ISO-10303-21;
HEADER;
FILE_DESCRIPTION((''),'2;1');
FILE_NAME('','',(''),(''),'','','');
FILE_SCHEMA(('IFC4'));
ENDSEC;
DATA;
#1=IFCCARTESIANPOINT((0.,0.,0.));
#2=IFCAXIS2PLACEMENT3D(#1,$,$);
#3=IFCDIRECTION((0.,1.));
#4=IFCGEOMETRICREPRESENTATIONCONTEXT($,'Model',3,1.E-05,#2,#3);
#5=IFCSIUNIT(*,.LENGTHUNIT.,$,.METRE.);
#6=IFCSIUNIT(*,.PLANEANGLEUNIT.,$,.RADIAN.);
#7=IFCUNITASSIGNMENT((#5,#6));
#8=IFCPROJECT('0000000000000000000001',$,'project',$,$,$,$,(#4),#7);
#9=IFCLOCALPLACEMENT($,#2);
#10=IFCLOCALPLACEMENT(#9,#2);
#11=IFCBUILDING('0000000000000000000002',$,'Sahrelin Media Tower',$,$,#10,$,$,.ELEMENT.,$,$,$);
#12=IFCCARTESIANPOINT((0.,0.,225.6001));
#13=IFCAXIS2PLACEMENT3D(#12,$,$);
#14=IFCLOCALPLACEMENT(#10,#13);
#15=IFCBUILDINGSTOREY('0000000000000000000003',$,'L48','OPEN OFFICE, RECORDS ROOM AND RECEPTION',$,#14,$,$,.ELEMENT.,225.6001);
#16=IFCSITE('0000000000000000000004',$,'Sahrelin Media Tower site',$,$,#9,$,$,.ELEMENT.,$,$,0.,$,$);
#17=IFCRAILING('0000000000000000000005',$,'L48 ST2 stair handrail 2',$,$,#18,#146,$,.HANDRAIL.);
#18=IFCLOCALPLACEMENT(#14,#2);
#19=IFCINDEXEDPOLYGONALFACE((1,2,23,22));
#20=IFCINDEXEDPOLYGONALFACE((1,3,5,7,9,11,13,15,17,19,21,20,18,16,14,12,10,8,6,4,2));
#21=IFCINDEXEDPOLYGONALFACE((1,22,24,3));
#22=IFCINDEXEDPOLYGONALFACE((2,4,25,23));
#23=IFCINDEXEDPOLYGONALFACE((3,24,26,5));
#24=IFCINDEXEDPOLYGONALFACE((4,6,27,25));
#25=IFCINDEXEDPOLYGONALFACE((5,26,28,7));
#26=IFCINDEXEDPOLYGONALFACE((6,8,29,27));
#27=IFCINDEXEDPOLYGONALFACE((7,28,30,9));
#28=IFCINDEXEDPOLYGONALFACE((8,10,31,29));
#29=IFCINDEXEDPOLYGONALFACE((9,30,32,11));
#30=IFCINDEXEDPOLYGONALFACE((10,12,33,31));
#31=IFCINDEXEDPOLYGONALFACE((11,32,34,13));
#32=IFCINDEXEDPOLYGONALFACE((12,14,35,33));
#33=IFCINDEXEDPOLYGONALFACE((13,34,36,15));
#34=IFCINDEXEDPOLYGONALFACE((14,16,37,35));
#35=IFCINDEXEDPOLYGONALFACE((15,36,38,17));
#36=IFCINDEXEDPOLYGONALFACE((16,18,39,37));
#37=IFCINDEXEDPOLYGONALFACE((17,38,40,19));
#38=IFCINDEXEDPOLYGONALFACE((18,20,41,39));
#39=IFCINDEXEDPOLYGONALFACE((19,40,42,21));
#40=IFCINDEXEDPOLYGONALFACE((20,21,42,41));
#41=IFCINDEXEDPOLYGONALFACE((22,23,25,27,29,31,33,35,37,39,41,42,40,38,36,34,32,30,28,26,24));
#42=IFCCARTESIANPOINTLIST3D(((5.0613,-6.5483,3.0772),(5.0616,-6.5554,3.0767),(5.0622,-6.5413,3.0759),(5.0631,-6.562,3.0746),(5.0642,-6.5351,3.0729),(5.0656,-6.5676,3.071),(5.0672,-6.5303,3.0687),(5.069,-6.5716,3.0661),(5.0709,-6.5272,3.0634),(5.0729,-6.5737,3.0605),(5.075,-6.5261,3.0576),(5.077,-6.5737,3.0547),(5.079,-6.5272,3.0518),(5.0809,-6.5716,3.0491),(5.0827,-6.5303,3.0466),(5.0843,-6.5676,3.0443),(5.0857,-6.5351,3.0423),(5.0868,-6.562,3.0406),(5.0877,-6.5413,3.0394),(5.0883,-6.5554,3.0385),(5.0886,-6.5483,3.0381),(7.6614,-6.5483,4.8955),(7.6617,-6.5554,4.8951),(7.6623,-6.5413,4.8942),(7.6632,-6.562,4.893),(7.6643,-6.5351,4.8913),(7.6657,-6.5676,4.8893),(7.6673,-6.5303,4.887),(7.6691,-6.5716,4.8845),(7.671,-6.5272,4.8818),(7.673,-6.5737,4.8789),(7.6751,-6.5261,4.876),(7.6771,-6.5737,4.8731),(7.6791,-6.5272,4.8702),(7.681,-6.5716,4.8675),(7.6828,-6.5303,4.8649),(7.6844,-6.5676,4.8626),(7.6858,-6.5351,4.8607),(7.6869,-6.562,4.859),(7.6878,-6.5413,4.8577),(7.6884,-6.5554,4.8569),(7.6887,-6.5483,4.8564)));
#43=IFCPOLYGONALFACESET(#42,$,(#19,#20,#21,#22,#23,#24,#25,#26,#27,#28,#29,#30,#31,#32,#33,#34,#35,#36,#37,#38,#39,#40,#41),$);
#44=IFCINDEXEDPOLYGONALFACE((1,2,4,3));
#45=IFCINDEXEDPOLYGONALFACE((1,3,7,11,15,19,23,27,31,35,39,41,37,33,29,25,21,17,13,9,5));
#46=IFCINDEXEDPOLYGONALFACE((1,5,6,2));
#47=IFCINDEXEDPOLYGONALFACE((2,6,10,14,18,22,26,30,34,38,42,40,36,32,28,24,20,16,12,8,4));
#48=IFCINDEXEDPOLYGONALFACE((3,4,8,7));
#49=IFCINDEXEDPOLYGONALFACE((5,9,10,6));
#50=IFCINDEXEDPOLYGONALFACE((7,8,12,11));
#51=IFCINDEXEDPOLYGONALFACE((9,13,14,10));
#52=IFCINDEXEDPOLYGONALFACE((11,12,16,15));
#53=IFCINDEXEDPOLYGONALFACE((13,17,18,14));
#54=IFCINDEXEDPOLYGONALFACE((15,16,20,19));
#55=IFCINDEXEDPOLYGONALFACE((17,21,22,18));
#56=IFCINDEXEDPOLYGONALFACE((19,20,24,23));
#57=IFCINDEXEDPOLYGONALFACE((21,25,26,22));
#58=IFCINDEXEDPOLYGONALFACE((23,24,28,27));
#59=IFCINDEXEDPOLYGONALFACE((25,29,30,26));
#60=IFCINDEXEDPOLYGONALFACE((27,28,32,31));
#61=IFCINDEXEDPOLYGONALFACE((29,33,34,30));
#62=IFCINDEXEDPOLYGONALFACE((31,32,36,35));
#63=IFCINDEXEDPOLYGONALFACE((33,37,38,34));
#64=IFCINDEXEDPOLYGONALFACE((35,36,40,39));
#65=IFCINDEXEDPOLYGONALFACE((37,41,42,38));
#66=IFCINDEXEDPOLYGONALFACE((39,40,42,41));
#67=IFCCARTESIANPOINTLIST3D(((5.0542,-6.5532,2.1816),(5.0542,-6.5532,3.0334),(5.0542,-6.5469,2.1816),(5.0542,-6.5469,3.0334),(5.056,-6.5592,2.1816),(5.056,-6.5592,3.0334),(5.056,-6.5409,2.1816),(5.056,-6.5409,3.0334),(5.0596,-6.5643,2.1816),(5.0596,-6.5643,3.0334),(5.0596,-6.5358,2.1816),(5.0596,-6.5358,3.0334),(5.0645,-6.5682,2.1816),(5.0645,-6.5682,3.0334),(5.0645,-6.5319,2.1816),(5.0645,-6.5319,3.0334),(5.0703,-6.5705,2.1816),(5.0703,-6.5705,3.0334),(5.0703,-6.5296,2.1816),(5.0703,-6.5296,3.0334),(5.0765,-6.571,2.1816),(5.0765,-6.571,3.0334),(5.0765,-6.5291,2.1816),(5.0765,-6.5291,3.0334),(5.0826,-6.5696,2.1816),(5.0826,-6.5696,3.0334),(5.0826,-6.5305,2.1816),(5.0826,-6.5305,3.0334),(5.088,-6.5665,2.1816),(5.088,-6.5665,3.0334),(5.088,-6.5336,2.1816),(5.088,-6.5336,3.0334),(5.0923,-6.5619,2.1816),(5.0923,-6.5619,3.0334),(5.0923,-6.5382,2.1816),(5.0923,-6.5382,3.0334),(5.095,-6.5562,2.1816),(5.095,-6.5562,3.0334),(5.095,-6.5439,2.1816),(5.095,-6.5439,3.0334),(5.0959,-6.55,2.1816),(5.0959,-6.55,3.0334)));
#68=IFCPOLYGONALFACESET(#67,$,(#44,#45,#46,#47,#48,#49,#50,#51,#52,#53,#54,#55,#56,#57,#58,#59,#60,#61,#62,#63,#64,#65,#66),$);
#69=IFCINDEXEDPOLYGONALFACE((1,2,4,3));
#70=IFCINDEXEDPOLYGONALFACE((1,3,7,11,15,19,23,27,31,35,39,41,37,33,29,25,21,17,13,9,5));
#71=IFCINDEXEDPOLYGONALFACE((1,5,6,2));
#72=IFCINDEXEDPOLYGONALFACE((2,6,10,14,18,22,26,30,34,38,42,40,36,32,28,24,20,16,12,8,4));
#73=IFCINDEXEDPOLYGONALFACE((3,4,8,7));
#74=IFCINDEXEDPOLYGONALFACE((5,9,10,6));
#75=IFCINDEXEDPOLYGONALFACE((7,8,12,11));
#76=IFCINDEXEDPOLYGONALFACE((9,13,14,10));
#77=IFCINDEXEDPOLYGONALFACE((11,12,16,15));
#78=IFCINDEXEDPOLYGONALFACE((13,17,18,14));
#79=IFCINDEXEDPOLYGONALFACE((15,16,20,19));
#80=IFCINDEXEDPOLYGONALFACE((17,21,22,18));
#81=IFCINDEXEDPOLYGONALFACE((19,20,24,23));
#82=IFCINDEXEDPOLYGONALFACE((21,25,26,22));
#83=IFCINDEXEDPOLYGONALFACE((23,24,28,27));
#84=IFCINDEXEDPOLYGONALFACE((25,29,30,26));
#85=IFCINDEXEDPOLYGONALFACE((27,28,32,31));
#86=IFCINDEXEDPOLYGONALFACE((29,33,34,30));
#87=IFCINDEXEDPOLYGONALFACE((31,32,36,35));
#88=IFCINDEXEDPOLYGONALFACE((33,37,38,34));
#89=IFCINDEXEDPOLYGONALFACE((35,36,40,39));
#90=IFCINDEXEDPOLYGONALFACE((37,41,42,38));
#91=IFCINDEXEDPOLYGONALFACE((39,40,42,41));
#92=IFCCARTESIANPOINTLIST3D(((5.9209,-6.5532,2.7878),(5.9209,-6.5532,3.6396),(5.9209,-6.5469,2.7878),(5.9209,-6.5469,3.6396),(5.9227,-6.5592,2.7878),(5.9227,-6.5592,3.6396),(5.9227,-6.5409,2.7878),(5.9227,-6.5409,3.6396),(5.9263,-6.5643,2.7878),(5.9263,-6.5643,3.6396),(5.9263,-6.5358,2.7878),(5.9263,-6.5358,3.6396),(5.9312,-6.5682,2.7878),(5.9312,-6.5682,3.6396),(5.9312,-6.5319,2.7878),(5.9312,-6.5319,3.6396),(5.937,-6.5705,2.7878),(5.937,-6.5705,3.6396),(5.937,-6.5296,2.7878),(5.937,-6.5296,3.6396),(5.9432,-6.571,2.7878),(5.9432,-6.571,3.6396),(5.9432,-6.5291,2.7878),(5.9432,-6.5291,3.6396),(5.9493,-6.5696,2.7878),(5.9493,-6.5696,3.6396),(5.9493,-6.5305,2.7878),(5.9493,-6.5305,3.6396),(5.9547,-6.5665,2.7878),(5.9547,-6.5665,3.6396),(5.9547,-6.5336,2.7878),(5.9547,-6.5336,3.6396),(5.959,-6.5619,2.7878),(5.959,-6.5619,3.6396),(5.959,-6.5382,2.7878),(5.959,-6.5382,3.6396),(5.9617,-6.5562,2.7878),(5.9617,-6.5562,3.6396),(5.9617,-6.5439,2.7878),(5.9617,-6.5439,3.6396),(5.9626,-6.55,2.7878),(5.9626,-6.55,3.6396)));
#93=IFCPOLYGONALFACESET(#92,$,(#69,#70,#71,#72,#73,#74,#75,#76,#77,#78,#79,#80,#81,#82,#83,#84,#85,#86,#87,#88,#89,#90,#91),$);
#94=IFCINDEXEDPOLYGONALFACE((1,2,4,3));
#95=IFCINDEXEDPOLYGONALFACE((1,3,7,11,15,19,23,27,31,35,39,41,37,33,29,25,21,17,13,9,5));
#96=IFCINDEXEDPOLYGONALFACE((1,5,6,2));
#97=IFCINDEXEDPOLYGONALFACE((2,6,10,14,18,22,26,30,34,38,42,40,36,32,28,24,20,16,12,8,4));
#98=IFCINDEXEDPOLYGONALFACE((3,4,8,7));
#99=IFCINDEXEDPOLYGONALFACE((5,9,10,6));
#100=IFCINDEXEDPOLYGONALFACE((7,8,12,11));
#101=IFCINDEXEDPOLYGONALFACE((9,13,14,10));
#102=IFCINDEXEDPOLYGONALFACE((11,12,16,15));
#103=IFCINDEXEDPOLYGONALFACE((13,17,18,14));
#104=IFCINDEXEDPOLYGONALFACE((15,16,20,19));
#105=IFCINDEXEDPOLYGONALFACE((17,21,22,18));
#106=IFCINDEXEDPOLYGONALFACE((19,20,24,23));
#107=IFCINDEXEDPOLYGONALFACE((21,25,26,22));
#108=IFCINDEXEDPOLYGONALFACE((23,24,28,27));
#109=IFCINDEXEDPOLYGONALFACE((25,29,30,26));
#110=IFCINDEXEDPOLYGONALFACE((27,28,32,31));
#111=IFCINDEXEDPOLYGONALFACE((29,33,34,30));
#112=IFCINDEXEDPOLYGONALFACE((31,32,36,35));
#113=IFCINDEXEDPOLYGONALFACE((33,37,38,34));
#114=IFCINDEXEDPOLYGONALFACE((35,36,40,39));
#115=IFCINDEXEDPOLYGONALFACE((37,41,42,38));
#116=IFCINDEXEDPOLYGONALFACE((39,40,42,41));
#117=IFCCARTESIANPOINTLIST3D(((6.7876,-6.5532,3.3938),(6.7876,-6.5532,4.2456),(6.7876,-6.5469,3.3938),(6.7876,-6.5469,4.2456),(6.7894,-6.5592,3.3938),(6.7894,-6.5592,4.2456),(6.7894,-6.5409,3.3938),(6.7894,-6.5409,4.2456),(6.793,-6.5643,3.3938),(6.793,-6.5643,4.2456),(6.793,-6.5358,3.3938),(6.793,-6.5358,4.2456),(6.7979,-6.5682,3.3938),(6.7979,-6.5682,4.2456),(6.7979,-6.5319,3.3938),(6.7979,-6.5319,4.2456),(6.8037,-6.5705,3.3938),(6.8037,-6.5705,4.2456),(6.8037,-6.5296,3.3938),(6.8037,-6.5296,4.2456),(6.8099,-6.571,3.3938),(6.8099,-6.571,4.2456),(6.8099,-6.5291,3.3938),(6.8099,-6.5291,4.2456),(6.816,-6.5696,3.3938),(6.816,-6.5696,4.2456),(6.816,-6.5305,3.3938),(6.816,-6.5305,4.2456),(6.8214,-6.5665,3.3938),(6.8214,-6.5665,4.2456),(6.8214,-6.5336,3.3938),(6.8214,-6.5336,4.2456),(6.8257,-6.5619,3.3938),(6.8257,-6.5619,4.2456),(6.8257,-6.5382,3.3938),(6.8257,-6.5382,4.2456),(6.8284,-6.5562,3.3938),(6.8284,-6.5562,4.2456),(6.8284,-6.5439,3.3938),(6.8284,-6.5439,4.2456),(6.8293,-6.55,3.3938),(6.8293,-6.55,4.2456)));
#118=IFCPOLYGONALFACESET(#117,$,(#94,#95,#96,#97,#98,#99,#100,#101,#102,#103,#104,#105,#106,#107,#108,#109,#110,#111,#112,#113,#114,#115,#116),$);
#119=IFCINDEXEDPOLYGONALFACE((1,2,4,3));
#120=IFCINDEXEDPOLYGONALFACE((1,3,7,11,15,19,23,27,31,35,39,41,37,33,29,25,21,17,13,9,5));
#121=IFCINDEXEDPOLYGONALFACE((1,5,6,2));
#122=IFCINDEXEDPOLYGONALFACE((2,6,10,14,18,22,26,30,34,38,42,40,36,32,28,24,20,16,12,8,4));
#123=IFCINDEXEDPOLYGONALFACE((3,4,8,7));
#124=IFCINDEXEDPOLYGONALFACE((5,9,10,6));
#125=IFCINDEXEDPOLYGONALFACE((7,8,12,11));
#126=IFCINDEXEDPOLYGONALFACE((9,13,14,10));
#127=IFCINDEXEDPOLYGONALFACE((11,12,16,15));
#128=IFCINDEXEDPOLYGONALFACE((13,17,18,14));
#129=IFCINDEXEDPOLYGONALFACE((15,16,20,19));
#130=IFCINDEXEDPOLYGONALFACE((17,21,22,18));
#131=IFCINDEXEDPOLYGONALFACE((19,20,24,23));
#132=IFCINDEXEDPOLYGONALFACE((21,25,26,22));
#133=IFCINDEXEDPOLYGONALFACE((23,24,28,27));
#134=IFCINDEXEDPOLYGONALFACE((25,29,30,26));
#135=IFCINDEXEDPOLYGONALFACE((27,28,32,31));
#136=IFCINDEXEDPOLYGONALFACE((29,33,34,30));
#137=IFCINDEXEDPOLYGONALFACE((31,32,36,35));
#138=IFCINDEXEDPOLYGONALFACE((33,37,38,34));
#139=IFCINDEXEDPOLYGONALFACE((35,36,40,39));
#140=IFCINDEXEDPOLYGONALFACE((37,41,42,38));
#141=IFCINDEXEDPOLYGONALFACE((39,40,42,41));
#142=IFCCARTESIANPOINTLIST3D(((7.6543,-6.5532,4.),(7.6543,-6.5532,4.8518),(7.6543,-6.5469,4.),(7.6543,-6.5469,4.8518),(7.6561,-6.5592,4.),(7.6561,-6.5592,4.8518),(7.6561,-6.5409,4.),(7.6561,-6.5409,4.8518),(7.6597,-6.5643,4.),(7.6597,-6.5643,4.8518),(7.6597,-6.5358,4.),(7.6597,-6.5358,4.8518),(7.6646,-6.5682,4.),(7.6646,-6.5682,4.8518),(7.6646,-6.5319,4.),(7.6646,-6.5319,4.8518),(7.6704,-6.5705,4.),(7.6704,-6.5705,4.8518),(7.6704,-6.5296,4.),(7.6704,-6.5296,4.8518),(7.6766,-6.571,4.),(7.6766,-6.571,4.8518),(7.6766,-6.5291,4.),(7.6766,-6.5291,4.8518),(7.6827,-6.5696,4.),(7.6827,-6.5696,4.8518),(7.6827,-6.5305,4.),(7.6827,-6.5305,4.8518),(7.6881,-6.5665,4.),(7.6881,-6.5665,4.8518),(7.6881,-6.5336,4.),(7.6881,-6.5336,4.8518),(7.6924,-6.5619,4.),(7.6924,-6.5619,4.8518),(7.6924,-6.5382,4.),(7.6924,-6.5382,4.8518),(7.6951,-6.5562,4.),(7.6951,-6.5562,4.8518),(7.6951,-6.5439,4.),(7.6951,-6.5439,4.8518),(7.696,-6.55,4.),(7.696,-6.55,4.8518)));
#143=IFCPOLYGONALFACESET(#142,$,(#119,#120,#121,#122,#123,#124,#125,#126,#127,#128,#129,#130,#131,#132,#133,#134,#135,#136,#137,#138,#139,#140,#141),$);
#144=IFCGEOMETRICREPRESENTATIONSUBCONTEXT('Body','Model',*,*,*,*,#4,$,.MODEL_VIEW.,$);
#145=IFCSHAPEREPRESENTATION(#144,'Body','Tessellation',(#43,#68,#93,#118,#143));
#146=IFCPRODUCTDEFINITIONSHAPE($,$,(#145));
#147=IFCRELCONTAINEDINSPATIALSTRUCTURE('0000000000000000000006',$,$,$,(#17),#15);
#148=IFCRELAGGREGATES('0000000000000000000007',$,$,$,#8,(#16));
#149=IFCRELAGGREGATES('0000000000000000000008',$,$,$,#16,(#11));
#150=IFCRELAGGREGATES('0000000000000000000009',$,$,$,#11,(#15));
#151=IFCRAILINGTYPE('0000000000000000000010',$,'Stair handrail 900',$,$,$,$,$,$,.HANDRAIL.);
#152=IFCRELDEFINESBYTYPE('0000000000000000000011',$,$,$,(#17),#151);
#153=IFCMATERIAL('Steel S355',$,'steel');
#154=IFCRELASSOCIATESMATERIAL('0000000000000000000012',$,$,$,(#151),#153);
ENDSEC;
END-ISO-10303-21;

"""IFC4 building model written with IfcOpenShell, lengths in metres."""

from ifc_helpers import new_model, si_unit, direction, frame, origin, origin_2d, place, context, subcontext, project, spatial, circle, extrude, material, type_object, element, save


model = new_model("IFC4")

# Units and contexts
model_context = context("Model", 3, precision=1e-05, world=origin(), true_north=direction((0.0, 1.0)))
body_context = subcontext(model_context, "Body", "Model", "MODEL_VIEW")
ifc_project = project(units=[si_unit("LENGTHUNIT", "METRE"), si_unit("PLANEANGLEUNIT", "RADIAN")], contexts=[model_context])

# Site, building, storey
site_placement = place(None, origin())
site = spatial("IfcSite", under=ifc_project, at=site_placement, Name="Sahrelin Media Tower site", CompositionType="ELEMENT", RefElevation=0.0)
building_placement = place(site_placement, origin())
building = spatial("IfcBuilding", under=site, at=building_placement, Name="Sahrelin Media Tower", CompositionType="ELEMENT")
storey_placement = place(building_placement, frame((0.0, 0.0, 225.6001)))
storey = spatial("IfcBuildingStorey", under=building, at=storey_placement, Name="L48", Description="OPEN OFFICE, RECORDS ROOM AND RECEPTION", CompositionType="ELEMENT", Elevation=225.6001)

# Shared definitions
ifc_material_1 = material(Name="Steel S355", Category="steel")

# Railing
railing_type_1 = type_object("IfcRailingType", Name="Stair handrail 900", PredefinedType="HANDRAIL", material=ifc_material_1)
railing_1_placement = place(storey_placement, frame((5.075, -6.55, 2.1816)))
element("IfcRailing", 1, at=railing_1_placement, inside=storey, type_object=railing_type_1, Name="L48 ST2 stair handrail 2", PredefinedType="HANDRAIL", context=body_context, shape_type="SweptSolid", body=[
    extrude(circle(Radius=0.0239, at=origin_2d()), frame((0.0, 0.0, 0.876), z_axis=(0.819485, 0.0, 0.573101), x_axis=(0.0, 1.0, 0.0)), (0.0, 0.0, 1.0), 3.1729),
    extrude(circle(Radius=0.021, at=origin_2d()), origin(), (0.0, 0.0, 1.0), 0.8518),
    extrude(circle(Radius=0.021, at=origin_2d()), frame((0.8667, 0.0, 0.6062)), (0.0, 0.0, 1.0), 0.8518),
    extrude(circle(Radius=0.021, at=origin_2d()), frame((1.7334, 0.0, 1.2122)), (0.0, 0.0, 1.0), 0.8518),
    extrude(circle(Radius=0.021, at=origin_2d()), frame((2.6001, 0.0, 1.8184)), (0.0, 0.0, 1.0), 0.8518),
])

save(model, "model.ifc")
